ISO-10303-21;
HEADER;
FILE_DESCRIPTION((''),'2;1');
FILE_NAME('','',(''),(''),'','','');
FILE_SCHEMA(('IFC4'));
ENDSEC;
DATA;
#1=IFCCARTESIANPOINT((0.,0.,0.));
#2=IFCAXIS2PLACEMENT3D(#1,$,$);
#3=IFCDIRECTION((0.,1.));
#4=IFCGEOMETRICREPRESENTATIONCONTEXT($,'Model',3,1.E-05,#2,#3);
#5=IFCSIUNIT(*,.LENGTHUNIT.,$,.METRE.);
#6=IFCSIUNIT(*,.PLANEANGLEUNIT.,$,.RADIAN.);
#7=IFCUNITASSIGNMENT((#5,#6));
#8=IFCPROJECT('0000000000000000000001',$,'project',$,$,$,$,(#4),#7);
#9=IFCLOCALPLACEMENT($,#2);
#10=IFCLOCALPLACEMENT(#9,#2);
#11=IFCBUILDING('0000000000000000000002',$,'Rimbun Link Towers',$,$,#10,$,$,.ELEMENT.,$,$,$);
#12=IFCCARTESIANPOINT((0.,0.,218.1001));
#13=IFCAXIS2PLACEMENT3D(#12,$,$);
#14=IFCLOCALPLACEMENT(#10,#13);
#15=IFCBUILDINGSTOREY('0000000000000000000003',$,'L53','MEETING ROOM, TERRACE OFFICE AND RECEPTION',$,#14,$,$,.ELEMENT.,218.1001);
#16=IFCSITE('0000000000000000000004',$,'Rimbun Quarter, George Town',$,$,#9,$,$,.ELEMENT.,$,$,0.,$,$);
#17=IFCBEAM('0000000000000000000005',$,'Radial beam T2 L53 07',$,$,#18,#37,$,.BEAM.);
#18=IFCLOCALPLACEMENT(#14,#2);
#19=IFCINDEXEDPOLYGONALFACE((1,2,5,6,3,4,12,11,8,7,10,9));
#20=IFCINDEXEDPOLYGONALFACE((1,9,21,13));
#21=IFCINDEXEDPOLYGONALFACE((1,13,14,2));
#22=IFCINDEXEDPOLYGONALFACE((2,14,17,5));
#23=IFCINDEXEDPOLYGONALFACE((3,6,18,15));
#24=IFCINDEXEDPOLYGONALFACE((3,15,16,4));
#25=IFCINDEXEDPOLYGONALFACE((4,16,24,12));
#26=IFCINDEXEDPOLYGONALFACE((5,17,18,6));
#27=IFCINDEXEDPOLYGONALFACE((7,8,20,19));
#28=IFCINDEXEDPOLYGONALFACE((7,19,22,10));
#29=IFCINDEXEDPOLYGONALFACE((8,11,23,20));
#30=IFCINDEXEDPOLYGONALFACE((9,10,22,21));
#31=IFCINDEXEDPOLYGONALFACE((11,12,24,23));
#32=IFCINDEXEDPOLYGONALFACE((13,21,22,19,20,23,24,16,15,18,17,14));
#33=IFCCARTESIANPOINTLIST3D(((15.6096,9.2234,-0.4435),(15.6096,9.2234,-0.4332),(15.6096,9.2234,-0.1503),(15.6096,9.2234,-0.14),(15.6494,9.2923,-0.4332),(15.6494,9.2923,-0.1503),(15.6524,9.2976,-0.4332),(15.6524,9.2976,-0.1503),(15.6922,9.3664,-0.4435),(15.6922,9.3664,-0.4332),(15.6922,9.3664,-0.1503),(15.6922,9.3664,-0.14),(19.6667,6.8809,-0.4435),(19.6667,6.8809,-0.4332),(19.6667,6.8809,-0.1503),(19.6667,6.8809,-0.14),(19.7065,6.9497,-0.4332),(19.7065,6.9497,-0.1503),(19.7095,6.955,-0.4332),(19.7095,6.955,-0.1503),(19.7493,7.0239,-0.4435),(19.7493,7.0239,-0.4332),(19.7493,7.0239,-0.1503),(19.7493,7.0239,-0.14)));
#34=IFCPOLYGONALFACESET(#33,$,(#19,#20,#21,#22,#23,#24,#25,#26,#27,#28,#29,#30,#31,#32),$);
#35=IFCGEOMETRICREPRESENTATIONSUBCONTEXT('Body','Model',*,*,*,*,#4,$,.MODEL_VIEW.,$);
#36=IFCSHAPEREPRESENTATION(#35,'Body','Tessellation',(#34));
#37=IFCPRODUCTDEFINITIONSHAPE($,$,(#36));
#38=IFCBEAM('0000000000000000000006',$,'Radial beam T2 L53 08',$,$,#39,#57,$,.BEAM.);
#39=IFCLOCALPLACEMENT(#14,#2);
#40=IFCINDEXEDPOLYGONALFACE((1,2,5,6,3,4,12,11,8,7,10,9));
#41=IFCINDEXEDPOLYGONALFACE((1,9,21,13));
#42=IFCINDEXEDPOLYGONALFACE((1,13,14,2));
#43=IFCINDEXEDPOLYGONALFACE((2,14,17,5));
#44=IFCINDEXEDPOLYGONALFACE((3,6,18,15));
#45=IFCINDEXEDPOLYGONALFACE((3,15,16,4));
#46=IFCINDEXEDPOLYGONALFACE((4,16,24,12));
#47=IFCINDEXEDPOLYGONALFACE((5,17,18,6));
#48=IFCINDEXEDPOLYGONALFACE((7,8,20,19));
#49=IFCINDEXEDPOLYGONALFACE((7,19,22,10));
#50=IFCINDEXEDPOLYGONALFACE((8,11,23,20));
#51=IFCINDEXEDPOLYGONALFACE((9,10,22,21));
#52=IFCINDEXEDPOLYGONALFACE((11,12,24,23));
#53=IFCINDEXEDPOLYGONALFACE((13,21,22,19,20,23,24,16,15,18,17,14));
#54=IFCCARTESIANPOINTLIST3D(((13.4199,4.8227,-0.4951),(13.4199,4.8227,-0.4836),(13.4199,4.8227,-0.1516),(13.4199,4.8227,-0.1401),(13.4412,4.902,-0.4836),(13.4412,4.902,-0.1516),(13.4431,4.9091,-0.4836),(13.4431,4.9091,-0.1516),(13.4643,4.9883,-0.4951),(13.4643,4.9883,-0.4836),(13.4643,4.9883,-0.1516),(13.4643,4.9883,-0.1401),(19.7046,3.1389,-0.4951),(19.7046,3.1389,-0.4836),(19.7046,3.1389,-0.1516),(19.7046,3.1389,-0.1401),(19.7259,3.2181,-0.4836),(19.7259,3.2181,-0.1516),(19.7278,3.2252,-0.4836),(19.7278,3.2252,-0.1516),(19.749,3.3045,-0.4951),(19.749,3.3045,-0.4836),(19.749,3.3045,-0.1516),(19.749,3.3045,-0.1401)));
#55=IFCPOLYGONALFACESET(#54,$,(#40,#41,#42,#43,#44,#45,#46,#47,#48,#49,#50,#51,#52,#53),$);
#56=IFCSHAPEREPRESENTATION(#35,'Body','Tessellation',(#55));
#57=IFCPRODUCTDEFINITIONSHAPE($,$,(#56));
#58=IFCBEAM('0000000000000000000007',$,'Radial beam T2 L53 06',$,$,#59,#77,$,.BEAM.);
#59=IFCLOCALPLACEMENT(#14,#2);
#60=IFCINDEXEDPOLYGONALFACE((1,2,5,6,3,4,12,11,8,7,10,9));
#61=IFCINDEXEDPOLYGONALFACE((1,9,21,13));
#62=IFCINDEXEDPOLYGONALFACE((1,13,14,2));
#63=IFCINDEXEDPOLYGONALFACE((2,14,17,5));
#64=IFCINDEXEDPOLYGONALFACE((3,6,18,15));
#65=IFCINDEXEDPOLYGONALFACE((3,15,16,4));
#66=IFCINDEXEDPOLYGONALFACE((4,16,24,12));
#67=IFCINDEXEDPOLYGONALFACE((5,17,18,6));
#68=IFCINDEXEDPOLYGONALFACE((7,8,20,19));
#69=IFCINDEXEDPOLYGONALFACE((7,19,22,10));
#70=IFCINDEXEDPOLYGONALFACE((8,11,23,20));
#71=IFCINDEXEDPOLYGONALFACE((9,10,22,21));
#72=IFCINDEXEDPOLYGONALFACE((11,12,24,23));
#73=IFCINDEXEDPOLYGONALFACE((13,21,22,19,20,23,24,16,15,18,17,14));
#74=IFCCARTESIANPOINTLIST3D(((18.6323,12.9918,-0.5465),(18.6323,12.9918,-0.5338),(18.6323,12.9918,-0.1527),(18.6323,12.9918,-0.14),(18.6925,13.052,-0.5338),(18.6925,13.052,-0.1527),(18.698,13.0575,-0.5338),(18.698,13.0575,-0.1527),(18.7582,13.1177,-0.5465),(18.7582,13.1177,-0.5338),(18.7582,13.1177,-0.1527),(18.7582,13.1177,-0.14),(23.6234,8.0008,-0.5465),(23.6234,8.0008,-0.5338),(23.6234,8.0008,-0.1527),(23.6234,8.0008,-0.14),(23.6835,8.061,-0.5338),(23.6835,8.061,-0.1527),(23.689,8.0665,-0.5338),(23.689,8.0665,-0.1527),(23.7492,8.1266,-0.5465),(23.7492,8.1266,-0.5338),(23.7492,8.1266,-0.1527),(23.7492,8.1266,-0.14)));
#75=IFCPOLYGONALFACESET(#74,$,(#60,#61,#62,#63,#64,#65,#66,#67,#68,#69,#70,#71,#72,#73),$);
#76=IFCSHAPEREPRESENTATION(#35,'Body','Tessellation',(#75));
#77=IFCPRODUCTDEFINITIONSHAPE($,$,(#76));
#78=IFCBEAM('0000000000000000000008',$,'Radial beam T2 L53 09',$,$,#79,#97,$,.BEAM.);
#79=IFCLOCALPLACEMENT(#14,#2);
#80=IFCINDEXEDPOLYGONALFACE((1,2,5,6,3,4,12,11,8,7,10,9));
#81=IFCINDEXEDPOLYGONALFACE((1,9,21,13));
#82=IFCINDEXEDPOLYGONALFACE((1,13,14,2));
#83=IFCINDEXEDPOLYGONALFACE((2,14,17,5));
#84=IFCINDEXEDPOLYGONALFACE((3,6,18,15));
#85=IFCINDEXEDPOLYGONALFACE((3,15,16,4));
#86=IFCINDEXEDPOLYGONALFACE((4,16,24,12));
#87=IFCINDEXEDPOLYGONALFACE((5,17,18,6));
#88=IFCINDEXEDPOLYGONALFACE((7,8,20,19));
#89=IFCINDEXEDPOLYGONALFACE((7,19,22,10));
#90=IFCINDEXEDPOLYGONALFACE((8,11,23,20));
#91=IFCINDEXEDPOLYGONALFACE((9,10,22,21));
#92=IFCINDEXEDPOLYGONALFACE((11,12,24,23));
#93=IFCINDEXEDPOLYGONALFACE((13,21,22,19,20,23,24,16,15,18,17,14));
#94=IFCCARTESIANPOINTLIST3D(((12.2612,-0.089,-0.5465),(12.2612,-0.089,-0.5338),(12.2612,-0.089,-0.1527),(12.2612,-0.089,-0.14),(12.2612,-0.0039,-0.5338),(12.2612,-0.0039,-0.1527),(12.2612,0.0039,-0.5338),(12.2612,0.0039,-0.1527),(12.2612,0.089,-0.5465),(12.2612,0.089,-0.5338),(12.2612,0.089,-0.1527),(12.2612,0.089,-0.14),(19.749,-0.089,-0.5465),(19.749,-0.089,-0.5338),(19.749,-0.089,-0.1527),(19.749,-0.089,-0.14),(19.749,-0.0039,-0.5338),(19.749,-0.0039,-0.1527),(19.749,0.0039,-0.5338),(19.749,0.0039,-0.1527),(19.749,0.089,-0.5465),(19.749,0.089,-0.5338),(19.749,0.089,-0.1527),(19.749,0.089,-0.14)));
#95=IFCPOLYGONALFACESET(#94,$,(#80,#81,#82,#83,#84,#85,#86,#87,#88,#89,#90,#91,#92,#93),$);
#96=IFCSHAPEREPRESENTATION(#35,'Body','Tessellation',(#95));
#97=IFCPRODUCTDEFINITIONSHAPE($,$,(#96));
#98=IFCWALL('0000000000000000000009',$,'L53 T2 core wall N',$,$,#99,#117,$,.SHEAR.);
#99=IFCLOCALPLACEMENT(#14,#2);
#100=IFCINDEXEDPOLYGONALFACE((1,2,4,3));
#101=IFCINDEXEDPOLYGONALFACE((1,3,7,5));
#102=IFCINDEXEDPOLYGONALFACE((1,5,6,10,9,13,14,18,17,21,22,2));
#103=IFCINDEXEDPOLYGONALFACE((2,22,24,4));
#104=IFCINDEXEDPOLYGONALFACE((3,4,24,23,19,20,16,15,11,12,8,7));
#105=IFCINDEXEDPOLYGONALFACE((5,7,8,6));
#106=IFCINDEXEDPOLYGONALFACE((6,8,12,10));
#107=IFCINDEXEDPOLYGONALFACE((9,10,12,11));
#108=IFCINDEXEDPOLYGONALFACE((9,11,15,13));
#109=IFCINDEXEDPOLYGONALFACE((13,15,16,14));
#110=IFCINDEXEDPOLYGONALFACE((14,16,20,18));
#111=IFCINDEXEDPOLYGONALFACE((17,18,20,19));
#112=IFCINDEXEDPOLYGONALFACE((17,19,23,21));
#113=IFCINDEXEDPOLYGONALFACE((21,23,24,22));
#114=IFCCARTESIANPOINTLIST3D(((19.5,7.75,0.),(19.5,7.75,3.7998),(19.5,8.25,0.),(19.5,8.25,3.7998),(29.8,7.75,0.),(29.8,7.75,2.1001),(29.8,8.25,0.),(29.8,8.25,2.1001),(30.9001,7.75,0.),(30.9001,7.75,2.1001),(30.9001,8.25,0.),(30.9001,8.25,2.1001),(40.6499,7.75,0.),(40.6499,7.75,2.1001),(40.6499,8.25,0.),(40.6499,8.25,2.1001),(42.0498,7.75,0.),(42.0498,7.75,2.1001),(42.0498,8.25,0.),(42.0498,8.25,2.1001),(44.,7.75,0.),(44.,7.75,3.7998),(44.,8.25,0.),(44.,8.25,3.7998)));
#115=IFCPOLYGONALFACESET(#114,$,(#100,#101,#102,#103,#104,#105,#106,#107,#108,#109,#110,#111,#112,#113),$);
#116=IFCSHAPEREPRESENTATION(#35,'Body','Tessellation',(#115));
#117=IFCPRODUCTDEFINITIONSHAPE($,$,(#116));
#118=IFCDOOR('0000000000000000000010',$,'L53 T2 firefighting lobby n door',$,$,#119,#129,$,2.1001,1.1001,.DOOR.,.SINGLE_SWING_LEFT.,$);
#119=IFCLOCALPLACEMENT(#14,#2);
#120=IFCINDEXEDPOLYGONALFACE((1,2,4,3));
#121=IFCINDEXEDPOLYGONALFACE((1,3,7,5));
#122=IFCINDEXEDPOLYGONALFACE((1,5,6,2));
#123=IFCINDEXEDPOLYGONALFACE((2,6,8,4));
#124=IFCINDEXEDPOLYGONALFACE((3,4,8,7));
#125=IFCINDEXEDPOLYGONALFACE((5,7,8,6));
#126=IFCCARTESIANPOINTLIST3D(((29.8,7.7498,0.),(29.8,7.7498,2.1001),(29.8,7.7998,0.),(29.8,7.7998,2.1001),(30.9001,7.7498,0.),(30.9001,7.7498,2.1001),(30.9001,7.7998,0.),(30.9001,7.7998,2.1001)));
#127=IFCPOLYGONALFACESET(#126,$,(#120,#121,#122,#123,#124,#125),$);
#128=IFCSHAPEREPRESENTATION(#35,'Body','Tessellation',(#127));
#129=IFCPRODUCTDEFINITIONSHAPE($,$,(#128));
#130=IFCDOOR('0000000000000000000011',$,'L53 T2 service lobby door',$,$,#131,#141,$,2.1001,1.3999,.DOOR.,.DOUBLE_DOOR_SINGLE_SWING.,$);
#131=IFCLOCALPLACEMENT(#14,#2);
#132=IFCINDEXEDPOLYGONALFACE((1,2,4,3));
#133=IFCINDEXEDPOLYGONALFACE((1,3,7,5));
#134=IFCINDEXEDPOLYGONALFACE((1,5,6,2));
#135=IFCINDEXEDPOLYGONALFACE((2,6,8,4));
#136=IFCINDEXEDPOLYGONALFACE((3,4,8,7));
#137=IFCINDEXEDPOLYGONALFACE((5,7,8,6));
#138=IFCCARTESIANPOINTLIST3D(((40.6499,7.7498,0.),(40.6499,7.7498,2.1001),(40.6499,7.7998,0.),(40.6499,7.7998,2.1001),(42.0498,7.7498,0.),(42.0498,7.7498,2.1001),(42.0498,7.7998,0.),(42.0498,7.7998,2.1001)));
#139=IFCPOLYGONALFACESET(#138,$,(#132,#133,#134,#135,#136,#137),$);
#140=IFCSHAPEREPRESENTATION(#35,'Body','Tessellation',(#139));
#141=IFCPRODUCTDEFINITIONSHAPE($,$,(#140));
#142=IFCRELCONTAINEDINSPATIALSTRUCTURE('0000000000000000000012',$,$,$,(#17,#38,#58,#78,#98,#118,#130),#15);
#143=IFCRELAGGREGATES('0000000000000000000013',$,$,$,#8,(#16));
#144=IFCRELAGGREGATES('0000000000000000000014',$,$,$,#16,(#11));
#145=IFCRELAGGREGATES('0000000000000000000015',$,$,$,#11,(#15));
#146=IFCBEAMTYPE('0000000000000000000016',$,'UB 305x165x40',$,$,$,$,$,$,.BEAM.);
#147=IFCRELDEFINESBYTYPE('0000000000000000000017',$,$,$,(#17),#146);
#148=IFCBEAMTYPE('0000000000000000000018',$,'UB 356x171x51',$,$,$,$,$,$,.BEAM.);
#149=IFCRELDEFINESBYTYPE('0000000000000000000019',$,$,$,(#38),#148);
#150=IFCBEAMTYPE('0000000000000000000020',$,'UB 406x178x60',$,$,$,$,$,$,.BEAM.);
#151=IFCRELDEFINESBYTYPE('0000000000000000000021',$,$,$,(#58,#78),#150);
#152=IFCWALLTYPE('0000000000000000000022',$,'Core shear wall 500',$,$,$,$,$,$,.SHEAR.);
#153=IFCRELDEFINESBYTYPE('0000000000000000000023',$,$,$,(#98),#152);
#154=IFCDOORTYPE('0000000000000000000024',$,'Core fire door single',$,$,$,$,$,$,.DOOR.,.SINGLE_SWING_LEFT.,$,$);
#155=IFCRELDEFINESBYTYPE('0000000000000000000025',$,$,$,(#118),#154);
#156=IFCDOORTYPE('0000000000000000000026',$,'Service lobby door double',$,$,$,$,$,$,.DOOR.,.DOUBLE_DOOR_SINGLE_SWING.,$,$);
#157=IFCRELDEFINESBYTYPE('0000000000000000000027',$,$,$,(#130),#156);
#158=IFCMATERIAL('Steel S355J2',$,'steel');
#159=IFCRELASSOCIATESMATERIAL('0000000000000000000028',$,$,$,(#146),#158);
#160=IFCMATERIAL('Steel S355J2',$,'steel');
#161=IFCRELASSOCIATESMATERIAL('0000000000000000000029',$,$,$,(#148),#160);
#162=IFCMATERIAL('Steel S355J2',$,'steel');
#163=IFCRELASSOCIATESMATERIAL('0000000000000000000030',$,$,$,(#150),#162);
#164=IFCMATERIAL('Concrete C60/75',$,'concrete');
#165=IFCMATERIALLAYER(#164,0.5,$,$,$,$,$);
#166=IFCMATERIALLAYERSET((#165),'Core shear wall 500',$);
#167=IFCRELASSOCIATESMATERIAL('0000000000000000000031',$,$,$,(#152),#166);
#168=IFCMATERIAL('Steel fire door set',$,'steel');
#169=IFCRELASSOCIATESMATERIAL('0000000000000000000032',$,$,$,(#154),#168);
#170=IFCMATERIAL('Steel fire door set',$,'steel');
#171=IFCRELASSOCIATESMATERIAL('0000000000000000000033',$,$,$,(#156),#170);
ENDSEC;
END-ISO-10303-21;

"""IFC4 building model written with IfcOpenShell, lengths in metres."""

from ifc_helpers import new_model, si_unit, direction, frame, frame_2d, origin, origin_2d, place, context, subcontext, project, spatial, rectangle, i_section, extrude, material, layer, layer_set, material_profile, profile_set, type_object, element, fill, save


model = new_model("IFC4")

# Units and contexts
model_context = context("Model", 3, precision=1e-05, world=origin(), true_north=direction((0.0, 1.0)))
body_context = subcontext(model_context, "Body", "Model", "MODEL_VIEW")
ifc_project = project(units=[si_unit("LENGTHUNIT", "METRE"), si_unit("PLANEANGLEUNIT", "RADIAN")], contexts=[model_context])

# Site, building, storey
site_placement = place(None, origin())
site = spatial("IfcSite", under=ifc_project, at=site_placement, Name="Rimbun Quarter, George Town", CompositionType="ELEMENT", RefElevation=0.0)
building_placement = place(site_placement, origin())
building = spatial("IfcBuilding", under=site, at=building_placement, Name="Rimbun Link Towers", CompositionType="ELEMENT")
storey_placement = place(building_placement, frame((0.0, 0.0, 218.1001)))
storey = spatial("IfcBuildingStorey", under=building, at=storey_placement, Name="L53", Description="MEETING ROOM, TERRACE OFFICE AND RECEPTION", CompositionType="ELEMENT", Elevation=218.1001)

# Beams
ifc_material_1 = material(Name="Steel S355J2", Category="steel")
ifc_material_profile_1 = material_profile(ifc_material_1, i_section(OverallWidth=0.165, OverallDepth=0.3035, WebThickness=0.0061, FlangeThickness=0.0103, at=origin_2d()), Name="UB 305x165x40")
ifc_profile_set_1 = profile_set([ifc_material_profile_1], Name="Steel S355J2")
beam_type_1 = type_object("IfcBeamType", Name="UB 305x165x40", PredefinedType="BEAM", material=ifc_profile_set_1)
beam_1_placement = place(storey_placement, frame((19.708, 6.9524, -0.2917), z_axis=(-0.866012, 0.500023, 0.0), x_axis=(-0.500023, -0.866012, 0.0)))
element("IfcBeam", 1, at=beam_1_placement, inside=storey, type_object=beam_type_1, Name="Radial beam T2 L53 07", PredefinedType="BEAM", context=body_context, shape_type="SweptSolid", body=[
    extrude(i_section(OverallWidth=0.165, OverallDepth=0.3035, WebThickness=0.0061, FlangeThickness=0.0103, at=origin_2d()), origin(), (0.0, 0.0, 1.0), 4.6848),
])
ifc_material_2 = material(Name="Steel S355J2", Category="steel")
ifc_material_profile_2 = material_profile(ifc_material_2, i_section(OverallWidth=0.1714, OverallDepth=0.355, WebThickness=0.0073, FlangeThickness=0.0115, at=origin_2d()), Name="UB 356x171x51")
ifc_profile_set_2 = profile_set([ifc_material_profile_2], Name="Steel S355J2")
beam_type_2 = type_object("IfcBeamType", Name="UB 356x171x51", PredefinedType="BEAM", material=ifc_profile_set_2)
beam_2_placement = place(storey_placement, frame((19.7268, 3.2217, -0.3176), z_axis=(-0.965931, 0.2588, 0.0), x_axis=(-0.2588, -0.965931, 0.0)))
element("IfcBeam", 2, at=beam_2_placement, inside=storey, type_object=beam_type_2, Name="Radial beam T2 L53 08", PredefinedType="BEAM", context=body_context, shape_type="SweptSolid", body=[
    extrude(i_section(OverallWidth=0.1714, OverallDepth=0.355, WebThickness=0.0073, FlangeThickness=0.0115, at=origin_2d()), origin(), (0.0, 0.0, 1.0), 6.5063),
])
ifc_material_3 = material(Name="Steel S355J2", Category="steel")
ifc_material_profile_3 = material_profile(ifc_material_3, i_section(OverallWidth=0.178, OverallDepth=0.4065, WebThickness=0.0078, FlangeThickness=0.0127, at=origin_2d()), Name="UB 406x178x60")
ifc_profile_set_3 = profile_set([ifc_material_profile_3], Name="Steel S355J2")
beam_type_3 = type_object("IfcBeamType", Name="UB 406x178x60", PredefinedType="BEAM", material=ifc_profile_set_3)
beam_3_placement = place(storey_placement, frame((23.6863, 8.0637, -0.3433), z_axis=(-0.707107, 0.707107, 0.0), x_axis=(-0.707107, -0.707107, 0.0)))
element("IfcBeam", 3, at=beam_3_placement, inside=storey, type_object=beam_type_3, Name="Radial beam T2 L53 06", PredefinedType="BEAM", context=body_context, shape_type="SweptSolid", body=[
    extrude(i_section(OverallWidth=0.178, OverallDepth=0.4065, WebThickness=0.0078, FlangeThickness=0.0127, at=origin_2d()), origin(), (0.0, 0.0, 1.0), 7.0583),
])
beam_4_placement = place(storey_placement, frame((19.749, 0.0, -0.3433), z_axis=(-1.0, 0.0, 0.0), x_axis=(0.0, -1.0, 0.0)))
element("IfcBeam", 4, at=beam_4_placement, inside=storey, type_object=beam_type_3, Name="Radial beam T2 L53 09", PredefinedType="BEAM", context=body_context, shape_type="SweptSolid", body=[
    extrude(i_section(OverallWidth=0.178, OverallDepth=0.4065, WebThickness=0.0078, FlangeThickness=0.0127, at=origin_2d()), origin(), (0.0, 0.0, 1.0), 7.4878),
])

# Wall, openings, doors
ifc_material_4 = material(Name="Concrete C60/75", Category="concrete")
ifc_layer_1 = layer(ifc_material_4, 0.5)
ifc_layer_set_1 = layer_set([ifc_layer_1], Name="Core shear wall 500")
wall_type_1 = type_object("IfcWallType", Name="Core shear wall 500", PredefinedType="SHEAR", material=ifc_layer_set_1)
wall_1_placement = place(storey_placement, frame((19.5, 8.0, 0.0), z_axis=(0.0, 0.0, 1.0), x_axis=(1.0, 0.0, 0.0)))
wall_1 = element("IfcWall", 5, at=wall_1_placement, inside=storey, type_object=wall_type_1, Name="L53 T2 core wall N", PredefinedType="SHEAR", context=body_context, shape_type="SweptSolid", body=[
    extrude(rectangle(XDim=24.5, YDim=0.5, at=frame_2d((12.25, 0.0))), origin(), (0.0, 0.0, 1.0), 3.7998),
])
opening_1_placement = place(wall_1_placement, frame((10.3, 0.0, 0.0)))
opening_1 = element("IfcOpeningElement", 6, at=opening_1_placement, cuts=wall_1, PredefinedType="OPENING", context=body_context, shape_type="SweptSolid", body=[
    extrude(rectangle(XDim=1.1001, YDim=2.1001, at=frame_2d((0.55, 1.05))), frame((0.0, 0.26, 0.0), z_axis=(0.0, -1.0, 0.0), x_axis=(1.0, 0.0, 0.0)), (0.0, 0.0, 1.0), 0.52),
])
opening_2_placement = place(wall_1_placement, frame((21.1499, 0.0, 0.0)))
opening_2 = element("IfcOpeningElement", 7, at=opening_2_placement, cuts=wall_1, PredefinedType="OPENING", context=body_context, shape_type="SweptSolid", body=[
    extrude(rectangle(XDim=1.3999, YDim=2.1001, at=frame_2d((0.7, 1.05))), frame((0.0, 0.26, 0.0), z_axis=(0.0, -1.0, 0.0), x_axis=(1.0, 0.0, 0.0)), (0.0, 0.0, 1.0), 0.52),
])
ifc_material_5 = material(Name="Steel fire door set", Category="steel")
door_type_1 = type_object("IfcDoorType", Name="Core fire door single", OperationType="SINGLE_SWING_LEFT", PredefinedType="DOOR", material=ifc_material_5)
door_1_placement = place(opening_1_placement, origin())
door_1 = element("IfcDoor", 8, at=door_1_placement, inside=storey, type_object=door_type_1, Name="L53 T2 firefighting lobby n door", OperationType="SINGLE_SWING_LEFT", OverallHeight=2.1001, OverallWidth=1.1001, PredefinedType="DOOR", context=body_context, shape_type="SweptSolid", body=[
    extrude(rectangle(XDim=1.1001, YDim=2.1001, at=frame_2d((0.55, 1.05))), frame((0.0, -0.2002, 0.0), z_axis=(0.0, -1.0, 0.0), x_axis=(1.0, 0.0, 0.0)), (0.0, 0.0, 1.0), 0.05),
])
fill(opening_1, door_1)
ifc_material_6 = material(Name="Steel fire door set", Category="steel")
door_type_2 = type_object("IfcDoorType", Name="Service lobby door double", OperationType="DOUBLE_DOOR_SINGLE_SWING", PredefinedType="DOOR", material=ifc_material_6)
door_2_placement = place(opening_2_placement, origin())
door_2 = element("IfcDoor", 9, at=door_2_placement, inside=storey, type_object=door_type_2, Name="L53 T2 service lobby door", OperationType="DOUBLE_DOOR_SINGLE_SWING", OverallHeight=2.1001, OverallWidth=1.3999, PredefinedType="DOOR", context=body_context, shape_type="SweptSolid", body=[
    extrude(rectangle(XDim=1.3999, YDim=2.1001, at=frame_2d((0.7, 1.05))), frame((0.0, -0.2002, 0.0), z_axis=(0.0, -1.0, 0.0), x_axis=(1.0, 0.0, 0.0)), (0.0, 0.0, 1.0), 0.05),
])
fill(opening_2, door_2)

save(model, "model.ifc")
